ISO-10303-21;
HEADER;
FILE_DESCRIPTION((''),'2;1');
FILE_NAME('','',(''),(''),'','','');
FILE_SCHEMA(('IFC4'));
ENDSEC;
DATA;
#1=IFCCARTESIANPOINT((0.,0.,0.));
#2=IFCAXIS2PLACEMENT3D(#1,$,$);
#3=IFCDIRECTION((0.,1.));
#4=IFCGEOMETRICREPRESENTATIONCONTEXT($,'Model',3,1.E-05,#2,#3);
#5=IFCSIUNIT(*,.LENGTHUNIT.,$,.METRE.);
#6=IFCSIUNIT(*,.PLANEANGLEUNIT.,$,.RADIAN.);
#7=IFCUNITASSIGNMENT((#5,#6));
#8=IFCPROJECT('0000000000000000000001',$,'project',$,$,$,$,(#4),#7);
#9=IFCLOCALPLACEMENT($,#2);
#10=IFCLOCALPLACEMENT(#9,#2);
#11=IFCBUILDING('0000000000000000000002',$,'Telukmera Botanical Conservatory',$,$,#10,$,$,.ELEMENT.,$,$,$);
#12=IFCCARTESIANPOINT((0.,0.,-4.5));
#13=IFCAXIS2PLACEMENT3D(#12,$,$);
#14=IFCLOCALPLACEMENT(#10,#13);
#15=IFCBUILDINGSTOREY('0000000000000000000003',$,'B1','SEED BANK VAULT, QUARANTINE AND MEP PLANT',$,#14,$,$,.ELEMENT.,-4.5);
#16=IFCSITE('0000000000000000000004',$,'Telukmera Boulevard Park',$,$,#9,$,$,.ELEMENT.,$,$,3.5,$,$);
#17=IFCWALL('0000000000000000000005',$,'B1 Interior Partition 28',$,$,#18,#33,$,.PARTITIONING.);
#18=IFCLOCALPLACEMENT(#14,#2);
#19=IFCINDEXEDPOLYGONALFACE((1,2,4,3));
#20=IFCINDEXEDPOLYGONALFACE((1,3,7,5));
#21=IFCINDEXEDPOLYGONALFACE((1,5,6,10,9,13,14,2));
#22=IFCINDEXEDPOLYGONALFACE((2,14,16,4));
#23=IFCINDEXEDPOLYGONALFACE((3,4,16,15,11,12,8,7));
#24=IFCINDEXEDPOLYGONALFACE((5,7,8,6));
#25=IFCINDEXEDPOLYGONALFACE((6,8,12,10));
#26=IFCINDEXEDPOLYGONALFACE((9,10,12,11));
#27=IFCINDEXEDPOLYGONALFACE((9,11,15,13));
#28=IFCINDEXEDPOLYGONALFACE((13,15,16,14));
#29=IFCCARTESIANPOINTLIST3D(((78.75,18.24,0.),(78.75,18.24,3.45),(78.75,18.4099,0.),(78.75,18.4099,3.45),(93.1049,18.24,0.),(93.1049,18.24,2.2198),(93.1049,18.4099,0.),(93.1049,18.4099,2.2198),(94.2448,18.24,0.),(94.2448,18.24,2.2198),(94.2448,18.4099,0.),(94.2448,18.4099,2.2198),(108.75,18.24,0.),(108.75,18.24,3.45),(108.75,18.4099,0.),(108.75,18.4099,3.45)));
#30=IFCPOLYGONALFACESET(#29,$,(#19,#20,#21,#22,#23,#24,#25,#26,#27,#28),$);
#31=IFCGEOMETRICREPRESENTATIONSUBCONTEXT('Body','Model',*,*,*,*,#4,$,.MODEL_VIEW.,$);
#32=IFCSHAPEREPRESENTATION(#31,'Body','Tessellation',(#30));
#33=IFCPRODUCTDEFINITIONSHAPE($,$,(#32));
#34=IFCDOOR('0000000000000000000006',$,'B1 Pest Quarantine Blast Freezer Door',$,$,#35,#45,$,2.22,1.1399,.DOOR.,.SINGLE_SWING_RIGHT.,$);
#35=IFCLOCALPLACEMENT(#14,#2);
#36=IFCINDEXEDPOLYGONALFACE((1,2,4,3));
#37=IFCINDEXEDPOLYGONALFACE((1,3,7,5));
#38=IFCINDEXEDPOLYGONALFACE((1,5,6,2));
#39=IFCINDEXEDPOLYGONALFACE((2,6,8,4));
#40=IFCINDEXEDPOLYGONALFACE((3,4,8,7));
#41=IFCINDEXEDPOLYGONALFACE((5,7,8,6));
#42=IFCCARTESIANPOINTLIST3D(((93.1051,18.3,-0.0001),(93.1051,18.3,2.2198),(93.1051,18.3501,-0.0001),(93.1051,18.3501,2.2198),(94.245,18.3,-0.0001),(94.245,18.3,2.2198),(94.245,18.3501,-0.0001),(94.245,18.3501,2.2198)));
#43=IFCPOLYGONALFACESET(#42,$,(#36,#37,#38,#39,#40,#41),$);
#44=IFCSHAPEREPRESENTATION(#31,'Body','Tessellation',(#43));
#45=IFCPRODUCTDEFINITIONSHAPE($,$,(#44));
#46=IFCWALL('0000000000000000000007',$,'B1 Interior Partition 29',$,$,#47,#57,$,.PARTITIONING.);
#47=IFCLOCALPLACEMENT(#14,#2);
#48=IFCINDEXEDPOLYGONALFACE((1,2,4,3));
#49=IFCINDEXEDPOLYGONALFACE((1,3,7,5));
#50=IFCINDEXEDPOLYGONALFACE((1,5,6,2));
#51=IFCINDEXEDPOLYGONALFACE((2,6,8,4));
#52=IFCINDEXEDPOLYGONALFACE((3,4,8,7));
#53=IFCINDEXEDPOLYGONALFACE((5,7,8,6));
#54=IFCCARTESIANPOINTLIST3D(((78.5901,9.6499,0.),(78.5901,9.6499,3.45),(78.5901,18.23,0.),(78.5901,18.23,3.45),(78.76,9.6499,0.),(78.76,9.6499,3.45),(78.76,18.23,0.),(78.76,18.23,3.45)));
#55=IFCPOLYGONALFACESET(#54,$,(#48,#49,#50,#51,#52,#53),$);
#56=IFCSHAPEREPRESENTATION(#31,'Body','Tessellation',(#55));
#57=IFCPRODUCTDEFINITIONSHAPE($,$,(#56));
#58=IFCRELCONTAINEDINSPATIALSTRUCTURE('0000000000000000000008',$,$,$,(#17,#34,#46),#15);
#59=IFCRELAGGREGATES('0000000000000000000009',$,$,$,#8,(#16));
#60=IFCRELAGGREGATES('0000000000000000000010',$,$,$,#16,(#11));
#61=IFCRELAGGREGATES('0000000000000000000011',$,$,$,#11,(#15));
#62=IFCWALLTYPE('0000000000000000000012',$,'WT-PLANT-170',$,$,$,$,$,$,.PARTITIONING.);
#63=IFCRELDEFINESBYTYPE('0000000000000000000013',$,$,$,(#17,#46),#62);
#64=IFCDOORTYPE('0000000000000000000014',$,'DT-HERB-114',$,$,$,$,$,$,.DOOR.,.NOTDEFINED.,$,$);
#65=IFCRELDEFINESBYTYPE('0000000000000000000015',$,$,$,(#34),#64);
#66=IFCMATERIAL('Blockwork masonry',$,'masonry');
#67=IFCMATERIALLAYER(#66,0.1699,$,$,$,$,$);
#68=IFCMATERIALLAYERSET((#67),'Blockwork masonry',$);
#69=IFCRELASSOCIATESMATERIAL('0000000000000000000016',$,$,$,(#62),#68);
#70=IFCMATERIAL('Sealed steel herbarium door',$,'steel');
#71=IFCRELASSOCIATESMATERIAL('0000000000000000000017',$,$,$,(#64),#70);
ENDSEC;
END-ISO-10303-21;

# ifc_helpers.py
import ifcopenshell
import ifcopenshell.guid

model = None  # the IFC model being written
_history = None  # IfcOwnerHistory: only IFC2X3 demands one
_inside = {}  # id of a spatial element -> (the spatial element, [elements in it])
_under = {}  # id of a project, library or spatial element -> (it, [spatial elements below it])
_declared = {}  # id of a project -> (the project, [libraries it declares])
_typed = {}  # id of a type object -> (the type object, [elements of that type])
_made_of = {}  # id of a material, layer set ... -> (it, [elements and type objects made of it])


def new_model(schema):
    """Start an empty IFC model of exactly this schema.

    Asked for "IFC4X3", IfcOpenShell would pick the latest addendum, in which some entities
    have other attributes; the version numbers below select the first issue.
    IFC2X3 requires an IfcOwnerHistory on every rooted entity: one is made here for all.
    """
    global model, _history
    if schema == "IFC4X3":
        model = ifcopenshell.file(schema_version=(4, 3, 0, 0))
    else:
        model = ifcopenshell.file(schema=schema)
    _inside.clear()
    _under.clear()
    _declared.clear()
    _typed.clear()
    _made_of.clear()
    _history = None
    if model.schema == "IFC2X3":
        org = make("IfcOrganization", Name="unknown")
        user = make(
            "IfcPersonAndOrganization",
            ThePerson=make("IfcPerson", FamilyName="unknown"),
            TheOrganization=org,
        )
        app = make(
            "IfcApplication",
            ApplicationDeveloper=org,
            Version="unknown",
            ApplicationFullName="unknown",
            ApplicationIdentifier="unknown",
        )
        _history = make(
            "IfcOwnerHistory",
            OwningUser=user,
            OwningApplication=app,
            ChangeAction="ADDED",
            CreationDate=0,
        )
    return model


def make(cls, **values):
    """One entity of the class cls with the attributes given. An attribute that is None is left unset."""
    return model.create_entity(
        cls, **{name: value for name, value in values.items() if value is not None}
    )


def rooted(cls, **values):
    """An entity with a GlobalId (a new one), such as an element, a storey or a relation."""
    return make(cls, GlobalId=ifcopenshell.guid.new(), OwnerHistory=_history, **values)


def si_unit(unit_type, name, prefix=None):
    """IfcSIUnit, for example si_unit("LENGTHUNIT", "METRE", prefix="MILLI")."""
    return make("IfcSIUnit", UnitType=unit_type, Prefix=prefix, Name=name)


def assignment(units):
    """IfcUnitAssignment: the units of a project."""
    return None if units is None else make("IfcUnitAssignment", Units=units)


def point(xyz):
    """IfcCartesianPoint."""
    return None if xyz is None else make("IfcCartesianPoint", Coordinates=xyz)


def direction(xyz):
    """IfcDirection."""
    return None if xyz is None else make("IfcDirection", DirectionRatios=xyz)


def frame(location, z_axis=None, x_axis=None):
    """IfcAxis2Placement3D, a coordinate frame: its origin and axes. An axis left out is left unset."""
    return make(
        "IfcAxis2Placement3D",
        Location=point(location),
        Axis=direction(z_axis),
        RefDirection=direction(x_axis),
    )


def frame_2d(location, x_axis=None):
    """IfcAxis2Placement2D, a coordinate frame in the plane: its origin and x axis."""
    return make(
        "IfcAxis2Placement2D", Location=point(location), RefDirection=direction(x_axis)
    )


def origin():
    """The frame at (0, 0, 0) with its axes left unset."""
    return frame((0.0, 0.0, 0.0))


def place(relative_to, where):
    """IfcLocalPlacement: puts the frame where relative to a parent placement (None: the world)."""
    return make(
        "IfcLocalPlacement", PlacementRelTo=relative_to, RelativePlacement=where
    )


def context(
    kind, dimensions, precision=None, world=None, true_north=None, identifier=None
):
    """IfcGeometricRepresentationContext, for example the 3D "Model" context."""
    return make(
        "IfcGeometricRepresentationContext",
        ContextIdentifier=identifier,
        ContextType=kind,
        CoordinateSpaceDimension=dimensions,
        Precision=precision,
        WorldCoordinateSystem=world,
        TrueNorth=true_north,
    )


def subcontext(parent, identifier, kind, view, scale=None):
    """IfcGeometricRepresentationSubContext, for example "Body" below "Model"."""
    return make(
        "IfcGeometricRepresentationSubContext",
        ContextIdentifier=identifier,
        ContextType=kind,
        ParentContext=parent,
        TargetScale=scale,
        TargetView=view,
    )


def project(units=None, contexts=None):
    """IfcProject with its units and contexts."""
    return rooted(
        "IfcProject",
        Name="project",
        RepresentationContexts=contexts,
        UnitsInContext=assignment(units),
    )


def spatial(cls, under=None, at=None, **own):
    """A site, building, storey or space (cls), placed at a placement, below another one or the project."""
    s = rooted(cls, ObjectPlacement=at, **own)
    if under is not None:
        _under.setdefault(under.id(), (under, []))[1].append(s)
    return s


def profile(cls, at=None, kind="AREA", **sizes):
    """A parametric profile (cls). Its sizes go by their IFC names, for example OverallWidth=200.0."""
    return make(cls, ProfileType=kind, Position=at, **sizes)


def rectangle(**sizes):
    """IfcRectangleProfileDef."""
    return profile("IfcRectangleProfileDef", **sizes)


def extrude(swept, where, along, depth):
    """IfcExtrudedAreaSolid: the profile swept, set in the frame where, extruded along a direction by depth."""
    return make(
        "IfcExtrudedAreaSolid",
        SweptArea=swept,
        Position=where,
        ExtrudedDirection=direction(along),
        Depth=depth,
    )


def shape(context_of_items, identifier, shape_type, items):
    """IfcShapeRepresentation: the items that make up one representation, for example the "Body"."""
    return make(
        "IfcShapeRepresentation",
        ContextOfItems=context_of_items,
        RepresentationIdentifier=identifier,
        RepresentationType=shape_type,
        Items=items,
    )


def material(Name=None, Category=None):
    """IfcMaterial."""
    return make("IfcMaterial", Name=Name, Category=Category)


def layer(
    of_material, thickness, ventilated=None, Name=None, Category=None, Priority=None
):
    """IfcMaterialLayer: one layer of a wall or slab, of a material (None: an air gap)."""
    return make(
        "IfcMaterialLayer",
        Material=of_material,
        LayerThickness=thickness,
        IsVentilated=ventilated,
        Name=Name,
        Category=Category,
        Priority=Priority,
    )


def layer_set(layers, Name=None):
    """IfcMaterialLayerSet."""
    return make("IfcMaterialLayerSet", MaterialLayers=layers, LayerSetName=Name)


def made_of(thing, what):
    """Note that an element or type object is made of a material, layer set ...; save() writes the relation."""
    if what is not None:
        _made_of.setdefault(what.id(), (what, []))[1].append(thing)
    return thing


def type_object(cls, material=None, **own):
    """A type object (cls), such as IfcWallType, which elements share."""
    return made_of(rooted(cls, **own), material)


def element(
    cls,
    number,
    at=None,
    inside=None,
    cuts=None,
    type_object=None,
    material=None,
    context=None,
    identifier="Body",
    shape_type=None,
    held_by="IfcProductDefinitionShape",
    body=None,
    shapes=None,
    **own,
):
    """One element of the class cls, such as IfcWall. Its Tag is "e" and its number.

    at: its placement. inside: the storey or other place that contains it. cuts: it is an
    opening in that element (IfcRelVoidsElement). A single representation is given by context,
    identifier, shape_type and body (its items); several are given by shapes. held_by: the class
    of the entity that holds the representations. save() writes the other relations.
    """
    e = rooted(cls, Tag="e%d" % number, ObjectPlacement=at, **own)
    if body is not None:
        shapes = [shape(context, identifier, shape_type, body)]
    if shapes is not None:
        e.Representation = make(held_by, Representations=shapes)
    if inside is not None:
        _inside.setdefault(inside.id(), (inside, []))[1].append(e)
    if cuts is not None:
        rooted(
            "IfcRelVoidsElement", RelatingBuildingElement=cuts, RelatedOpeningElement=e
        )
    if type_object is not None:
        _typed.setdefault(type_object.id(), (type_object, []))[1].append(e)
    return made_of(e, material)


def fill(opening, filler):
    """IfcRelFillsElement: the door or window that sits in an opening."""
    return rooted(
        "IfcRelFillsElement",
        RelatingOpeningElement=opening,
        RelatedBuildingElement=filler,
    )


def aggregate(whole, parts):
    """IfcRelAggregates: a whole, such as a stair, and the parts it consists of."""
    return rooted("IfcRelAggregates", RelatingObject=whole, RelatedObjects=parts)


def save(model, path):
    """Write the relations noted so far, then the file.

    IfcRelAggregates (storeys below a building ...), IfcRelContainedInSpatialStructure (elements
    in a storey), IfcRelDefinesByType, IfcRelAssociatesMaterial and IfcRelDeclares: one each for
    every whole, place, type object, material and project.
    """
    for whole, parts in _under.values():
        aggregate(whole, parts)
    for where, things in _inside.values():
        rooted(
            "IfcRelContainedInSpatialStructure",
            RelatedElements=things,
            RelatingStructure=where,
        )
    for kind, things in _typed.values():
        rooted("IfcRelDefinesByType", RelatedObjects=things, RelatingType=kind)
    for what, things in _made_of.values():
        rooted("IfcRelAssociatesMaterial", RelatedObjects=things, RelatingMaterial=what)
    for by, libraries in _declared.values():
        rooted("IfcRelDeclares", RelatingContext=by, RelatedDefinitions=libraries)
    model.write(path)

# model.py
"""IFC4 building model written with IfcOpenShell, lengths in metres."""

from ifc_helpers import new_model, si_unit, direction, frame, frame_2d, origin, place, context, subcontext, project, spatial, rectangle, extrude, material, layer, layer_set, type_object, element, fill, save


model = new_model("IFC4")

# Units and contexts
model_context = context("Model", 3, precision=1e-05, world=origin(), true_north=direction((0.0, 1.0)))
body_context = subcontext(model_context, "Body", "Model", "MODEL_VIEW")
ifc_project = project(units=[si_unit("LENGTHUNIT", "METRE"), si_unit("PLANEANGLEUNIT", "RADIAN")], contexts=[model_context])

# Site, building, storey
site_placement = place(None, origin())
site = spatial("IfcSite", under=ifc_project, at=site_placement, Name="Telukmera Boulevard Park", CompositionType="ELEMENT", RefElevation=3.5)
building_placement = place(site_placement, origin())
building = spatial("IfcBuilding", under=site, at=building_placement, Name="Telukmera Botanical Conservatory", CompositionType="ELEMENT")
storey_placement = place(building_placement, frame((0.0, 0.0, -4.5)))
storey = spatial("IfcBuildingStorey", under=building, at=storey_placement, Name="B1", Description="SEED BANK VAULT, QUARANTINE AND MEP PLANT", CompositionType="ELEMENT", Elevation=-4.5)

# Wall, opening, door
ifc_material_1 = material(Name="Blockwork masonry", Category="masonry")
ifc_layer = layer(ifc_material_1, 0.1699)
ifc_layer_set = layer_set([ifc_layer], Name="Blockwork masonry")
wall_type = type_object("IfcWallType", Name="WT-PLANT-170", PredefinedType="PARTITIONING", material=ifc_layer_set)
wall_1_placement = place(storey_placement, frame((78.75, 18.325, 0.0), z_axis=(0.0, 0.0, 1.0), x_axis=(1.0, 0.0, 0.0)))
wall_1 = element("IfcWall", 1, at=wall_1_placement, inside=storey, type_object=wall_type, Name="B1 Interior Partition 28", PredefinedType="PARTITIONING", context=body_context, shape_type="SweptSolid", body=[
    extrude(rectangle(XDim=30.0, YDim=0.1699, at=frame_2d((15.0, 0.0))), origin(), (0.0, 0.0, 1.0), 3.45),
])
opening_placement = place(wall_1_placement, frame((14.355, 0.0, 0.0)))
opening = element("IfcOpeningElement", 2, at=opening_placement, cuts=wall_1, PredefinedType="OPENING", context=body_context, shape_type="SweptSolid", body=[
    extrude(rectangle(XDim=1.1399, YDim=2.22, at=frame_2d((0.5698, 1.1099))), frame((0.0, 0.095, 0.0), z_axis=(0.0, -1.0, 0.0), x_axis=(1.0, 0.0, 0.0)), (0.0, 0.0, 1.0), 0.1899),
])
ifc_material_2 = material(Name="Sealed steel herbarium door", Category="steel")
door_type = type_object("IfcDoorType", Name="DT-HERB-114", OperationType="NOTDEFINED", PredefinedType="DOOR", material=ifc_material_2)
door_placement = place(opening_placement, frame((1.1399, 0.0, 0.0), z_axis=(0.0, 0.0, 1.0), x_axis=(-1.0, 0.0, 0.0)))
door = element("IfcDoor", 3, at=door_placement, inside=storey, type_object=door_type, Name="B1 Pest Quarantine Blast Freezer Door", OperationType="SINGLE_SWING_RIGHT", OverallHeight=2.22, OverallWidth=1.1399, PredefinedType="DOOR", context=body_context, shape_type="SweptSolid", body=[
    extrude(rectangle(XDim=1.1399, YDim=2.22, at=frame_2d((0.5698, 1.1099))), frame((0.0, 0.0249, 0.0), z_axis=(0.0, -1.0, 0.0), x_axis=(1.0, 0.0, 0.0)), (0.0, 0.0, 1.0), 0.05),
])
fill(opening, door)

# Wall
wall_2_placement = place(storey_placement, frame((78.675, 9.6499, 0.0), z_axis=(0.0, 0.0, 1.0), x_axis=(0.0, 1.0, 0.0)))
element("IfcWall", 4, at=wall_2_placement, inside=storey, type_object=wall_type, Name="B1 Interior Partition 29", PredefinedType="PARTITIONING", context=body_context, shape_type="SweptSolid", body=[
    extrude(rectangle(XDim=8.5801, YDim=0.1699, at=frame_2d((4.29, 0.0))), origin(), (0.0, 0.0, 1.0), 3.45),
])

save(model, "model.ifc")
